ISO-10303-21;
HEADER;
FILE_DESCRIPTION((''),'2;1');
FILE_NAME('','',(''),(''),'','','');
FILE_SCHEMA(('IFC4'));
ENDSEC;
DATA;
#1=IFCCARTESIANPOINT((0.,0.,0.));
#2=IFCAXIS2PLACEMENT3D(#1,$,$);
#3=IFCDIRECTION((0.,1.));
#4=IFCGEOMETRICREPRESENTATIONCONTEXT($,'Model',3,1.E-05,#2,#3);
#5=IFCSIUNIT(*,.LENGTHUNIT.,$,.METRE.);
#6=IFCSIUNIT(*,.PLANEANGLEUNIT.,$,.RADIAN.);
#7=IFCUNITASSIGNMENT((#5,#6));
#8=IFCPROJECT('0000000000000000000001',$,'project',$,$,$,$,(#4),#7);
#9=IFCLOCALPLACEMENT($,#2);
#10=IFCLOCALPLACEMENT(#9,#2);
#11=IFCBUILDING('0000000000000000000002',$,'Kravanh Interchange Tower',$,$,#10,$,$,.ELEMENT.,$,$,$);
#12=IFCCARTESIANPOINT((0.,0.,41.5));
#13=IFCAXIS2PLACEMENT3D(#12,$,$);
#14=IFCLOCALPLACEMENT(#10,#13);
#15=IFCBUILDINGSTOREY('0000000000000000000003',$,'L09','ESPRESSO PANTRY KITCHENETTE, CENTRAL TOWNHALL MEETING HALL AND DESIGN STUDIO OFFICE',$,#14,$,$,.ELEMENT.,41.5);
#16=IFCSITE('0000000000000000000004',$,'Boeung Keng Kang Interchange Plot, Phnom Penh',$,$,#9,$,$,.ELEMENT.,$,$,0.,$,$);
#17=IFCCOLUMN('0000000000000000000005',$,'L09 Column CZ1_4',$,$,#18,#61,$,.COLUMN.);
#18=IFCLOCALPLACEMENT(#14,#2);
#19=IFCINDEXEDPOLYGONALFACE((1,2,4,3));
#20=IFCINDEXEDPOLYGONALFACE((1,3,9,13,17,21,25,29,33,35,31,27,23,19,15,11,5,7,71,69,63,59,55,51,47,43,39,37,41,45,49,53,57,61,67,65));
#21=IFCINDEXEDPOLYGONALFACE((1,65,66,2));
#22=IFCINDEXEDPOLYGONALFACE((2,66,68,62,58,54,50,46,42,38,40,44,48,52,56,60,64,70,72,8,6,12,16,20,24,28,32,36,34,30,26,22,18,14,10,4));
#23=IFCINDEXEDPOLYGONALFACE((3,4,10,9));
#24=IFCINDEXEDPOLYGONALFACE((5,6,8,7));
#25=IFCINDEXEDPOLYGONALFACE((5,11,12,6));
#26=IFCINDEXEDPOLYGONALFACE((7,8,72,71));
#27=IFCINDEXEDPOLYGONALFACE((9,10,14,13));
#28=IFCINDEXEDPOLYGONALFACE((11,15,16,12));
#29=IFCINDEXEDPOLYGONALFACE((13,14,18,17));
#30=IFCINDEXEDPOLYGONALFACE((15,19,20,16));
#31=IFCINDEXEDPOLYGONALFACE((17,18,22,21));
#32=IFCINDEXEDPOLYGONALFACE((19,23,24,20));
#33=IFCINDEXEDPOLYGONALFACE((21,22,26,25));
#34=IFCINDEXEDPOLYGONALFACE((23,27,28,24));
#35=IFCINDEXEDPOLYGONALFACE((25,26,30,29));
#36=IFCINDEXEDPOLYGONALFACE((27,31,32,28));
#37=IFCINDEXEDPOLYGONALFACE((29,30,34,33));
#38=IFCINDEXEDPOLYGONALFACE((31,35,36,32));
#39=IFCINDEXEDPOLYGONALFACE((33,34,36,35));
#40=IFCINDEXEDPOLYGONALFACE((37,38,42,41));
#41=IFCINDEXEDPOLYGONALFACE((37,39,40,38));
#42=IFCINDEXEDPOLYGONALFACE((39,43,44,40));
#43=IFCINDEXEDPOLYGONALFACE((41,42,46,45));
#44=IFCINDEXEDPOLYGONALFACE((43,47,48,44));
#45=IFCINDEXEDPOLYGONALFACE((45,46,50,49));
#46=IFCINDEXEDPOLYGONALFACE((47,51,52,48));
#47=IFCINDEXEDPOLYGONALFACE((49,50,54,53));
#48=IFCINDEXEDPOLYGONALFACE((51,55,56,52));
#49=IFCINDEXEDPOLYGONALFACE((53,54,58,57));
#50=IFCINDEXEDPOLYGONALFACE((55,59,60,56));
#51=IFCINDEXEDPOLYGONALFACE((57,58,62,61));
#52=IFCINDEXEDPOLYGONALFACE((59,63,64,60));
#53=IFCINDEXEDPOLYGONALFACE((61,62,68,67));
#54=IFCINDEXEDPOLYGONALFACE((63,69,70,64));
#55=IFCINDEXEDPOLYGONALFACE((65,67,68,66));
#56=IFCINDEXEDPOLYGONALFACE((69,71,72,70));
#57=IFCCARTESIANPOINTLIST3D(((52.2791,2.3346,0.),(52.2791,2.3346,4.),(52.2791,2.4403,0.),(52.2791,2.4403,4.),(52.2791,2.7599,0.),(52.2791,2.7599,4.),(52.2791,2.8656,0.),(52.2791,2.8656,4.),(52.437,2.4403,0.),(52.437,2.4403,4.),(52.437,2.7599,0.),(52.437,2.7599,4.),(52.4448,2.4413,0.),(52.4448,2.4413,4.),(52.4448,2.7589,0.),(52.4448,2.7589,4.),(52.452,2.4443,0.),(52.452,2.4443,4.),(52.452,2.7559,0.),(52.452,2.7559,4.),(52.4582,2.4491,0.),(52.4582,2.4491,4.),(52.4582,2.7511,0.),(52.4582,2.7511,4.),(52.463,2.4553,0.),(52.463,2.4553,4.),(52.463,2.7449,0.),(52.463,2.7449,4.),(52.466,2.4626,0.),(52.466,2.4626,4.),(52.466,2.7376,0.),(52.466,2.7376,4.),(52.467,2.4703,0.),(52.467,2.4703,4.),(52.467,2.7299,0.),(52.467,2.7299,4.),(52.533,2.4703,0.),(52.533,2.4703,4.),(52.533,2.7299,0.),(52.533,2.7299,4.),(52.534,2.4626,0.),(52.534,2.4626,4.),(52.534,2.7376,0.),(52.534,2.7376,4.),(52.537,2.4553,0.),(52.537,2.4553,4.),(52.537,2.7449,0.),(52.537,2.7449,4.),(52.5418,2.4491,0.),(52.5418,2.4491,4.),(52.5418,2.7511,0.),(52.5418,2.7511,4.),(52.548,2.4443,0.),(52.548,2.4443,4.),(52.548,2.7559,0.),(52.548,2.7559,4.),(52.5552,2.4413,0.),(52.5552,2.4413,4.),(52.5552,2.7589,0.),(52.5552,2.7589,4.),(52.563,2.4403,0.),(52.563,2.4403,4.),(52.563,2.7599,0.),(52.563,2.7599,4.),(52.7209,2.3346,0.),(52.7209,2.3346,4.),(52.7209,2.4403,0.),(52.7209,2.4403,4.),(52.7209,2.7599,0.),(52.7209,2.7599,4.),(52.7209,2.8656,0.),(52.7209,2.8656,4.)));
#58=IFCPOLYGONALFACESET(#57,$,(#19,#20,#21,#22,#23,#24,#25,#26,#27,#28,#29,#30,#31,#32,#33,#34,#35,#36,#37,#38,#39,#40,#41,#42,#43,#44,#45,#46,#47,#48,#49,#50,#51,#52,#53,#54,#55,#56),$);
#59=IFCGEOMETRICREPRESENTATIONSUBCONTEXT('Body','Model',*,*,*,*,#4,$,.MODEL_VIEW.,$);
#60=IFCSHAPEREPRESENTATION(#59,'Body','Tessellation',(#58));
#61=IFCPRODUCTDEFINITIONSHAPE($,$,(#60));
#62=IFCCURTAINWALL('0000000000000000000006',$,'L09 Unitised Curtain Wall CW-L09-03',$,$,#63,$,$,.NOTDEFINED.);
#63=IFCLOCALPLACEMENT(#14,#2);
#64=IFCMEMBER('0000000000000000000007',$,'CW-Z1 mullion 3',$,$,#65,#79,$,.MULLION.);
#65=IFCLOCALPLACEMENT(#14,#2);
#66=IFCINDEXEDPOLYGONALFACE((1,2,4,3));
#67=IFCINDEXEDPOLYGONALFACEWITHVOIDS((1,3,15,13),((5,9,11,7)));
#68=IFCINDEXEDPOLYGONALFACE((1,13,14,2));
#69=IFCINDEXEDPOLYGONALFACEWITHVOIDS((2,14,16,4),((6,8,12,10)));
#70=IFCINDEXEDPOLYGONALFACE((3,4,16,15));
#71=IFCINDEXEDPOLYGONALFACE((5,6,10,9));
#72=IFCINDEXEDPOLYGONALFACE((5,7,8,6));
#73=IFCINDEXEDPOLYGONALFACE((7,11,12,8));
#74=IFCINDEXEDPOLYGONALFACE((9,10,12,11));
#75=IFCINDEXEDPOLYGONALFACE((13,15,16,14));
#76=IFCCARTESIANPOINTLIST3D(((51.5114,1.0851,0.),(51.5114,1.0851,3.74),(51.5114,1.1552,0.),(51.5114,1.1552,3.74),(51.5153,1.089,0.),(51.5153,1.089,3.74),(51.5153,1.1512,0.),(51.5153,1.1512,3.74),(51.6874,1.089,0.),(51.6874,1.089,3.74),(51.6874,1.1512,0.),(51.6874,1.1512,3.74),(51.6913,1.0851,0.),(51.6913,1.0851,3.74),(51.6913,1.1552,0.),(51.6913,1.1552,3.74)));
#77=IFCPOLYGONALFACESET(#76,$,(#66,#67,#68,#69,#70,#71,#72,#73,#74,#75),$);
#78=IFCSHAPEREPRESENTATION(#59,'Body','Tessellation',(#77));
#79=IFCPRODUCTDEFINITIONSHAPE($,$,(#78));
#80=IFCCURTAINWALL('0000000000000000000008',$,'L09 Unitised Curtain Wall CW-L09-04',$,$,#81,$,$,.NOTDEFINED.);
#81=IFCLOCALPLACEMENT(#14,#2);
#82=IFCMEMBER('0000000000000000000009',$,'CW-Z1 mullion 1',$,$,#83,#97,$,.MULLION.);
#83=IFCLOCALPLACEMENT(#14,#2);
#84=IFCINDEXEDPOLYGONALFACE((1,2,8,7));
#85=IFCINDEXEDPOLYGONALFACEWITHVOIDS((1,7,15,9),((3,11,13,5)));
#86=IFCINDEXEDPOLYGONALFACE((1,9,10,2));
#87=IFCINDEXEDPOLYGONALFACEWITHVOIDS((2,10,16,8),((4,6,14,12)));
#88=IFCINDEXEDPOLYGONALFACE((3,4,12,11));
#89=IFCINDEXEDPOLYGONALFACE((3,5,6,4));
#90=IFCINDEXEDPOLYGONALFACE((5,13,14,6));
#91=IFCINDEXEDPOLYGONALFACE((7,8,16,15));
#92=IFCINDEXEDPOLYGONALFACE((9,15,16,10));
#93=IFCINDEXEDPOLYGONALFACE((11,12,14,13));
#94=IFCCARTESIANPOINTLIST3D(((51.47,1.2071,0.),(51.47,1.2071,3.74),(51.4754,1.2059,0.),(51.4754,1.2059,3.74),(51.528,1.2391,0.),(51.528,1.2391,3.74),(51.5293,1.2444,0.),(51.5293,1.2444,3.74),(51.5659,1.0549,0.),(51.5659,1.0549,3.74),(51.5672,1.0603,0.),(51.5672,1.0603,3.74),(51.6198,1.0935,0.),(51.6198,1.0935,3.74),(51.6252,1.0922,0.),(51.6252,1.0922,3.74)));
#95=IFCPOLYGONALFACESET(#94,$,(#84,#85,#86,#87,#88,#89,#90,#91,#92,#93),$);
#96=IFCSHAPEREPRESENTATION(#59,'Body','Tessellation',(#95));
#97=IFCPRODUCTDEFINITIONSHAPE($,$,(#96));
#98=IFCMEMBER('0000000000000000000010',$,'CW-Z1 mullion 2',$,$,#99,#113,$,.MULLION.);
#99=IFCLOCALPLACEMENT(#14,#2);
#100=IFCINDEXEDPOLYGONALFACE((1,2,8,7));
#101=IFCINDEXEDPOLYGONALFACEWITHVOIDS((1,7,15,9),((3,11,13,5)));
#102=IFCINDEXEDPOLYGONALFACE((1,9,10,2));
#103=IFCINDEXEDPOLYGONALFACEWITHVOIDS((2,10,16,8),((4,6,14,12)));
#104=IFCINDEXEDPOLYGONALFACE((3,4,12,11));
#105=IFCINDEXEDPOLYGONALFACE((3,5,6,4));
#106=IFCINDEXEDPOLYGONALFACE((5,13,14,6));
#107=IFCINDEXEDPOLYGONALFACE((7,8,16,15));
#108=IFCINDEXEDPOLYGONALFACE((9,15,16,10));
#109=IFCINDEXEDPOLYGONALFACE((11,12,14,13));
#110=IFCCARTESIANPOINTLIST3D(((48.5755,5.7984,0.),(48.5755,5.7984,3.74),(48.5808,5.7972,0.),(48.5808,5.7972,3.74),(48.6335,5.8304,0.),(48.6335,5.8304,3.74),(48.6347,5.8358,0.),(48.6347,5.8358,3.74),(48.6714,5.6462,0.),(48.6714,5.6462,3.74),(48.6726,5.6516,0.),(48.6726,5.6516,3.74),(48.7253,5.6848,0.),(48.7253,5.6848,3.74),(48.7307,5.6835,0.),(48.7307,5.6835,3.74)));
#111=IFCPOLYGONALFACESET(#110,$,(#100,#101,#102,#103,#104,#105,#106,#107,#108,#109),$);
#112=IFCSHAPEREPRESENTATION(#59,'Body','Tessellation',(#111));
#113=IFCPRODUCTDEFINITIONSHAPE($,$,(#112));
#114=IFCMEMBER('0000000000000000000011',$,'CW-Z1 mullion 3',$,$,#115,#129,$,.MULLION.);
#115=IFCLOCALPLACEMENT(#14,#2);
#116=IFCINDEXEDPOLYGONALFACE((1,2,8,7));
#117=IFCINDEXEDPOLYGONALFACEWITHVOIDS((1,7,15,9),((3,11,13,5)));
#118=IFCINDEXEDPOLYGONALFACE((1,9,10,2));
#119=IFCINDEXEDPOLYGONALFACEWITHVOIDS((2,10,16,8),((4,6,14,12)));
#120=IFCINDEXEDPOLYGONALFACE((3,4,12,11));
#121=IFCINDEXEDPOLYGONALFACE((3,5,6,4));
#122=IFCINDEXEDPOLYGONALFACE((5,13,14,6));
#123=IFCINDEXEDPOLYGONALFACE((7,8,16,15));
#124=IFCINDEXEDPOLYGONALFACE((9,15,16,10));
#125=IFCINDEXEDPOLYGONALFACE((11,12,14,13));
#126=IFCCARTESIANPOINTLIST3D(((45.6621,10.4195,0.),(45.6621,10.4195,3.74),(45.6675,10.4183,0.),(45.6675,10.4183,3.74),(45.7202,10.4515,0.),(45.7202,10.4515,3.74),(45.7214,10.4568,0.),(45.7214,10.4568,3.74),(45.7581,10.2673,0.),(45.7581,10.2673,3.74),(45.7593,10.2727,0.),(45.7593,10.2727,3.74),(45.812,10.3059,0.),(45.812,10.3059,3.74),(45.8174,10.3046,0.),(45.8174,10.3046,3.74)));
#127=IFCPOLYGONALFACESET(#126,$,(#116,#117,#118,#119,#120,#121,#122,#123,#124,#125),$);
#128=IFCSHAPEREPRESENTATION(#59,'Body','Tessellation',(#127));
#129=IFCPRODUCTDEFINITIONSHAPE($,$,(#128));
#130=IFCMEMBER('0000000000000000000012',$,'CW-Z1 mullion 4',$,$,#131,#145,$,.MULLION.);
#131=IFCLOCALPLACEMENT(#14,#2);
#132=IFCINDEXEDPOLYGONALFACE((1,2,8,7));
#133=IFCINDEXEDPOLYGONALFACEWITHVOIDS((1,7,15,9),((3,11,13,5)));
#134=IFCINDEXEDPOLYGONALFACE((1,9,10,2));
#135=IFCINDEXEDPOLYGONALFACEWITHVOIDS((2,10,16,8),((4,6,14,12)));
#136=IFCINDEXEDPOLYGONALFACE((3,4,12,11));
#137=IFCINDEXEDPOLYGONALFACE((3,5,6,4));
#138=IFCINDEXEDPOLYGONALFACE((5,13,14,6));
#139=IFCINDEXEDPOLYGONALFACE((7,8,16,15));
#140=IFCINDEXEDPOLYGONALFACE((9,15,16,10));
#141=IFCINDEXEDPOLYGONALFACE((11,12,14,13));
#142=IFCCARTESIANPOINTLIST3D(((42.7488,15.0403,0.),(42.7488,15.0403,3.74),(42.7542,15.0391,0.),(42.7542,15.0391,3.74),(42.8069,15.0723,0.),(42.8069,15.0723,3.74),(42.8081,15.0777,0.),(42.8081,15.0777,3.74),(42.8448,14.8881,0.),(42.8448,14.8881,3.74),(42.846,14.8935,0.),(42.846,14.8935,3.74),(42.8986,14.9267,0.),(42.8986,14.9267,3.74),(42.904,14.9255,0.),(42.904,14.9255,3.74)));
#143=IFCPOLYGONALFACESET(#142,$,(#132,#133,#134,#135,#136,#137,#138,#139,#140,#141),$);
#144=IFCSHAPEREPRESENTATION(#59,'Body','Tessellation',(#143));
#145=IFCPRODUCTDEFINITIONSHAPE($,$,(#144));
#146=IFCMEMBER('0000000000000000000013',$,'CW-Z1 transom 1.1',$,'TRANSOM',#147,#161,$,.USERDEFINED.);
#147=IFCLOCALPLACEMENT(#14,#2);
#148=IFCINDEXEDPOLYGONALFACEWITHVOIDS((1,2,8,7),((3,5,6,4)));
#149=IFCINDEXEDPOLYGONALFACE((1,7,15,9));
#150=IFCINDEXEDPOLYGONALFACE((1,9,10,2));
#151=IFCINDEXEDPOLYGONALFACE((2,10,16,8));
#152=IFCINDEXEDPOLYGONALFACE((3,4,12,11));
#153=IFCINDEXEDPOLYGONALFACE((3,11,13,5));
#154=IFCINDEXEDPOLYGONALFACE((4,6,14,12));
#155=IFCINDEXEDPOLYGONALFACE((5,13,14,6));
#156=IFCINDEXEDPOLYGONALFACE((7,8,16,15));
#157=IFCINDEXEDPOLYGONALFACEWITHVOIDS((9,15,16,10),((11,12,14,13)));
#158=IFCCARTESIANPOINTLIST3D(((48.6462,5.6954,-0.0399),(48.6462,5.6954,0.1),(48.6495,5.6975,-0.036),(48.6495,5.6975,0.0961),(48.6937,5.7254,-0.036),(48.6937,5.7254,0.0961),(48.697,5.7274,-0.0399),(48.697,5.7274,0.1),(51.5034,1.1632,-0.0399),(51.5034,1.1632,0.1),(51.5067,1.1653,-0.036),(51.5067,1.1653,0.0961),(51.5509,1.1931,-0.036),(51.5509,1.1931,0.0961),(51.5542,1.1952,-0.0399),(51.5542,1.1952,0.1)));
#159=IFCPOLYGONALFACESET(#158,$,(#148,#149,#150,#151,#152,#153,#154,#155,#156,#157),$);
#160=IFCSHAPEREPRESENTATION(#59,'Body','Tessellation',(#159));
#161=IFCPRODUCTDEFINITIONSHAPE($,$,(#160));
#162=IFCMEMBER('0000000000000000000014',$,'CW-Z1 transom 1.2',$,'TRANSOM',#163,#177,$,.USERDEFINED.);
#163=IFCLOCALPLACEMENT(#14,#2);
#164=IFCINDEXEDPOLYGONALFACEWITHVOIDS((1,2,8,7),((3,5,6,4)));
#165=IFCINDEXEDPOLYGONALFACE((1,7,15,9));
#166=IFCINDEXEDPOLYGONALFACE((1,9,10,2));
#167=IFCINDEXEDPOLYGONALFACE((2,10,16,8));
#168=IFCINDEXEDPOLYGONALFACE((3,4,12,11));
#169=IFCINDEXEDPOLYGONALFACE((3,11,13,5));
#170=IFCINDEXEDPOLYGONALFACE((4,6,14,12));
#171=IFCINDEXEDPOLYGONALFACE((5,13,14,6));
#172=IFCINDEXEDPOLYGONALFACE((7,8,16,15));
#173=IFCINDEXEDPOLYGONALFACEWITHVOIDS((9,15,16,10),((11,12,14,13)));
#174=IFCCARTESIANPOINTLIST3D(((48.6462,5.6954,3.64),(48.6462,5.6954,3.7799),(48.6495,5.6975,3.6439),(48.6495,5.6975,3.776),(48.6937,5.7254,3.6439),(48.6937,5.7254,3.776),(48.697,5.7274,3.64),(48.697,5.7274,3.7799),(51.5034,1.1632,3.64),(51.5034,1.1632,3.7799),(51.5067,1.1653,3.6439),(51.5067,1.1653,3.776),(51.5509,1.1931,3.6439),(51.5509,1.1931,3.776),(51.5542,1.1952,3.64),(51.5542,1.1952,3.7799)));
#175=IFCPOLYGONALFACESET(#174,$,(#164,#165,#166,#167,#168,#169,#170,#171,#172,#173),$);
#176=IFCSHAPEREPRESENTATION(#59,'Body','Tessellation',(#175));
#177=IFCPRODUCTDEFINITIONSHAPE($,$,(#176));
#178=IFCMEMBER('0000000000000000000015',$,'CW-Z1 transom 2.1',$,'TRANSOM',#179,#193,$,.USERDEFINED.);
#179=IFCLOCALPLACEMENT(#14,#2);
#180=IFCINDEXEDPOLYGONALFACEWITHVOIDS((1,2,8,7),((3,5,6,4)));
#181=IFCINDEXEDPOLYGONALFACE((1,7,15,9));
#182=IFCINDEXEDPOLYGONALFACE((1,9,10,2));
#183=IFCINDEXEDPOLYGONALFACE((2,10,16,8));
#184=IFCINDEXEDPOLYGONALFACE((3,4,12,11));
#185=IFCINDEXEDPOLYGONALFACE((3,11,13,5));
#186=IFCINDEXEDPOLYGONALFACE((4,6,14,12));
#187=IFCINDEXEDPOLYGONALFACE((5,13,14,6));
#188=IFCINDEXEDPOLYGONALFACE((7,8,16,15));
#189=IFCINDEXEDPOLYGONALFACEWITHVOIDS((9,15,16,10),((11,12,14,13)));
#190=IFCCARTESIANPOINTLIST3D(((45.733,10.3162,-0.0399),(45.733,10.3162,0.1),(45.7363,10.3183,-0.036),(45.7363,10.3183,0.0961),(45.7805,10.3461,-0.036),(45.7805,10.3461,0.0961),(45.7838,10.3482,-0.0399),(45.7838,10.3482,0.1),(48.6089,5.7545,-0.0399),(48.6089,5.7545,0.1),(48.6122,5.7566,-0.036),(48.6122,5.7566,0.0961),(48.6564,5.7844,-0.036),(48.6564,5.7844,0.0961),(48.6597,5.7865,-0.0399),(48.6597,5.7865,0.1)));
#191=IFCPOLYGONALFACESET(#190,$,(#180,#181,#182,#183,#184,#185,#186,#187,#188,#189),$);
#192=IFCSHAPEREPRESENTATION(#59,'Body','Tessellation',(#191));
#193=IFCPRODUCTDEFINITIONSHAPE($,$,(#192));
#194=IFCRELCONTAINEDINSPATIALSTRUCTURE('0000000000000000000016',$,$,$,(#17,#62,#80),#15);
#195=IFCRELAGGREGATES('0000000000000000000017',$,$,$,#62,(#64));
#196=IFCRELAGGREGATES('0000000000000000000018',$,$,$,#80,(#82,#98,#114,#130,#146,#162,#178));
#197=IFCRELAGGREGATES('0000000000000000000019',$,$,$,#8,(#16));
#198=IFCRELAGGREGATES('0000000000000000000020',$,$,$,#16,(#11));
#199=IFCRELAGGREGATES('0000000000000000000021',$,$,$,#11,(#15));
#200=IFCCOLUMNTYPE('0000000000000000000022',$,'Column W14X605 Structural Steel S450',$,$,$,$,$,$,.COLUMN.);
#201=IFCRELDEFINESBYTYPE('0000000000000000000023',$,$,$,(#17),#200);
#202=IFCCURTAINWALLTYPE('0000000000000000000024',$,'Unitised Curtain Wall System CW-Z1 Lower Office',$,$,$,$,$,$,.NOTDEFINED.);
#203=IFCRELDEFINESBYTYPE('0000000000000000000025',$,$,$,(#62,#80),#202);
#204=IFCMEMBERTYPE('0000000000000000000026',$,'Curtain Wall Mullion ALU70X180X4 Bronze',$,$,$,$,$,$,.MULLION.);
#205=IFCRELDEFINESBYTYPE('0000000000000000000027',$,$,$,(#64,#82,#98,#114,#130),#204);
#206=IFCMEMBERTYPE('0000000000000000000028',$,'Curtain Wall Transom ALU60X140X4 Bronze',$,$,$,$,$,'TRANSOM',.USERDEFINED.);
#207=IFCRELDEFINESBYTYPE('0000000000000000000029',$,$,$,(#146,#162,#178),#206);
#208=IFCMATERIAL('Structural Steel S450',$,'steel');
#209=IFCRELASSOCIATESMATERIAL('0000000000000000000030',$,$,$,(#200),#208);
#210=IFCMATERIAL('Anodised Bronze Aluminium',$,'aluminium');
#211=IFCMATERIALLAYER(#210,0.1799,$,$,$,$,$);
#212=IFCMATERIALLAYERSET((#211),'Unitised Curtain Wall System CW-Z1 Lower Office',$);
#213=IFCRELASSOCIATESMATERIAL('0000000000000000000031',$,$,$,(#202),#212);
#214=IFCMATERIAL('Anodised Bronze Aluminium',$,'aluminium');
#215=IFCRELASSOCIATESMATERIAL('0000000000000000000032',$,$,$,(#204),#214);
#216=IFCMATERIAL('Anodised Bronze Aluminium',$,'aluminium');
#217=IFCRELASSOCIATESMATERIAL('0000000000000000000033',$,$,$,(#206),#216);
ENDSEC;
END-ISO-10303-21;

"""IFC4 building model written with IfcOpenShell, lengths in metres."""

from ifc_helpers import new_model, si_unit, direction, frame, origin, origin_2d, place, context, subcontext, project, spatial, hollow_rectangle, i_section, extrude, material, layer, layer_set, material_profile, profile_set, type_object, element, aggregate, save


model = new_model("IFC4")

# Units and contexts
model_context = context("Model", 3, precision=1e-05, world=origin(), true_north=direction((0.0, 1.0)))
body_context = subcontext(model_context, "Body", "Model", "MODEL_VIEW")
ifc_project = project(units=[si_unit("LENGTHUNIT", "METRE"), si_unit("PLANEANGLEUNIT", "RADIAN")], contexts=[model_context])

# Site, building, storey
site_placement = place(None, origin())
site = spatial("IfcSite", under=ifc_project, at=site_placement, Name="Boeung Keng Kang Interchange Plot, Phnom Penh", CompositionType="ELEMENT", RefElevation=0.0)
building_placement = place(site_placement, origin())
building = spatial("IfcBuilding", under=site, at=building_placement, Name="Kravanh Interchange Tower", CompositionType="ELEMENT")
storey_placement = place(building_placement, frame((0.0, 0.0, 41.5)))
storey = spatial("IfcBuildingStorey", under=building, at=storey_placement, Name="L09", Description="ESPRESSO PANTRY KITCHENETTE, CENTRAL TOWNHALL MEETING HALL AND DESIGN STUDIO OFFICE", CompositionType="ELEMENT", Elevation=41.5)

# Column
ifc_material_1 = material(Name="Structural Steel S450", Category="steel")
ifc_material_profile_1 = material_profile(ifc_material_1, i_section(OverallWidth=0.4419, OverallDepth=0.531, WebThickness=0.0659, FlangeThickness=0.1057, FilletRadius=0.03, at=origin_2d()), Name="W14X605")
ifc_profile_set_1 = profile_set([ifc_material_profile_1], Name="Structural Steel S450")
column_type = type_object("IfcColumnType", Name="Column W14X605 Structural Steel S450", PredefinedType="COLUMN", material=ifc_profile_set_1)
column_placement = place(storey_placement, frame((52.5, 2.6001, 0.0), z_axis=(0.0, 0.0, 1.0), x_axis=(1.0, 0.0, 0.0)))
element("IfcColumn", 1, at=column_placement, inside=storey, type_object=column_type, Name="L09 Column CZ1_4", PredefinedType="COLUMN", context=body_context, shape_type="SweptSolid", body=[
    extrude(i_section(OverallWidth=0.4419, OverallDepth=0.531, WebThickness=0.0659, FlangeThickness=0.1057, FilletRadius=0.03, at=origin_2d()), origin(), (0.0, 0.0, 1.0), 4.0),
])

# Curtain wall, member
ifc_material_2 = material(Name="Anodised Bronze Aluminium", Category="aluminium")
ifc_layer_1 = layer(ifc_material_2, 0.1799)
ifc_layer_set_1 = layer_set([ifc_layer_1], Name="Unitised Curtain Wall System CW-Z1 Lower Office")
curtain_wall_type = type_object("IfcCurtainWallType", Name="Unitised Curtain Wall System CW-Z1 Lower Office", PredefinedType="NOTDEFINED", material=ifc_layer_set_1)
curtain_wall_1_placement = place(storey_placement, origin())
curtain_wall_1 = element("IfcCurtainWall", 2, at=curtain_wall_1_placement, inside=storey, type_object=curtain_wall_type, Name="L09 Unitised Curtain Wall CW-L09-03", PredefinedType="NOTDEFINED")
ifc_material_3 = material(Name="Anodised Bronze Aluminium", Category="aluminium")
ifc_material_profile_2 = material_profile(ifc_material_3, hollow_rectangle(XDim=0.0701, YDim=0.1799, WallThickness=0.0039, at=origin_2d()), Name="ALU70X180X4")
ifc_profile_set_2 = profile_set([ifc_material_profile_2], Name="Anodised Bronze Aluminium")
member_type_1 = type_object("IfcMemberType", Name="Curtain Wall Mullion ALU70X180X4 Bronze", PredefinedType="MULLION", material=ifc_profile_set_2)
member_1_placement = place(storey_placement, frame((51.6013, 1.1201, 0.0), z_axis=(0.0, 0.0, 1.0), x_axis=(0.0, -1.0, 0.0)))
member_1 = element("IfcMember", 3, at=member_1_placement, type_object=member_type_1, Name="CW-Z1 mullion 3", PredefinedType="MULLION", context=body_context, shape_type="SweptSolid", body=[
    extrude(hollow_rectangle(XDim=0.0701, YDim=0.1799, WallThickness=0.0039, at=origin_2d()), origin(), (0.0, 0.0, 1.0), 3.74),
])

# Curtain wall, members
curtain_wall_2_placement = place(storey_placement, origin())
curtain_wall_2 = element("IfcCurtainWall", 4, at=curtain_wall_2_placement, inside=storey, type_object=curtain_wall_type, Name="L09 Unitised Curtain Wall CW-L09-04", PredefinedType="NOTDEFINED")
member_2_placement = place(storey_placement, frame((51.5476, 1.1497, 0.0), z_axis=(0.0, 0.0, 1.0), x_axis=(-0.845926, -0.533301, 0.0)))
member_2 = element("IfcMember", 5, at=member_2_placement, type_object=member_type_1, Name="CW-Z1 mullion 1", PredefinedType="MULLION", context=body_context, shape_type="SweptSolid", body=[
    extrude(hollow_rectangle(XDim=0.0701, YDim=0.1799, WallThickness=0.0039, at=origin_2d()), origin(), (0.0, 0.0, 1.0), 3.74),
])
member_3_placement = place(storey_placement, frame((48.6531, 5.741, 0.0), z_axis=(0.0, 0.0, 1.0), x_axis=(-0.845926, -0.533301, 0.0)))
member_3 = element("IfcMember", 6, at=member_3_placement, type_object=member_type_1, Name="CW-Z1 mullion 2", PredefinedType="MULLION", context=body_context, shape_type="SweptSolid", body=[
    extrude(hollow_rectangle(XDim=0.0701, YDim=0.1799, WallThickness=0.0039, at=origin_2d()), origin(), (0.0, 0.0, 1.0), 3.74),
])
member_4_placement = place(storey_placement, frame((45.7397, 10.3621, 0.0), z_axis=(0.0, 0.0, 1.0), x_axis=(-0.845926, -0.533301, 0.0)))
member_4 = element("IfcMember", 7, at=member_4_placement, type_object=member_type_1, Name="CW-Z1 mullion 3", PredefinedType="MULLION", context=body_context, shape_type="SweptSolid", body=[
    extrude(hollow_rectangle(XDim=0.0701, YDim=0.1799, WallThickness=0.0039, at=origin_2d()), origin(), (0.0, 0.0, 1.0), 3.74),
])
member_5_placement = place(storey_placement, frame((42.8264, 14.9829, 0.0), z_axis=(0.0, 0.0, 1.0), x_axis=(-0.845926, -0.533301, 0.0)))
member_5 = element("IfcMember", 8, at=member_5_placement, type_object=member_type_1, Name="CW-Z1 mullion 4", PredefinedType="MULLION", context=body_context, shape_type="SweptSolid", body=[
    extrude(hollow_rectangle(XDim=0.0701, YDim=0.1799, WallThickness=0.0039, at=origin_2d()), origin(), (0.0, 0.0, 1.0), 3.74),
])
ifc_material_4 = material(Name="Anodised Bronze Aluminium", Category="aluminium")
ifc_material_profile_3 = material_profile(ifc_material_4, hollow_rectangle(XDim=0.0601, YDim=0.1399, WallThickness=0.0039, at=origin_2d()), Name="ALU60X140X4")
ifc_profile_set_3 = profile_set([ifc_material_profile_3], Name="Anodised Bronze Aluminium")
member_type_2 = type_object("IfcMemberType", Name="Curtain Wall Transom ALU60X140X4 Bronze", ElementType="TRANSOM", PredefinedType="USERDEFINED", material=ifc_profile_set_3)
member_6_placement = place(storey_placement, frame((51.5288, 1.1792, 0.03), z_axis=(-0.533288, 0.845934, 0.0), x_axis=(-0.845934, -0.533288, 0.0)))
member_6 = element("IfcMember", 9, at=member_6_placement, type_object=member_type_2, Name="CW-Z1 transom 1.1", ObjectType="TRANSOM", PredefinedType="USERDEFINED", context=body_context, shape_type="SweptSolid", body=[
    extrude(hollow_rectangle(XDim=0.0601, YDim=0.1399, WallThickness=0.0039, at=origin_2d()), origin(), (0.0, 0.0, 1.0), 5.3577),
])
member_7_placement = place(storey_placement, frame((51.5288, 1.1792, 3.71), z_axis=(-0.533288, 0.845934, 0.0), x_axis=(-0.845934, -0.533288, 0.0)))
member_7 = element("IfcMember", 10, at=member_7_placement, type_object=member_type_2, Name="CW-Z1 transom 1.2", ObjectType="TRANSOM", PredefinedType="USERDEFINED", context=body_context, shape_type="SweptSolid", body=[
    extrude(hollow_rectangle(XDim=0.0601, YDim=0.1399, WallThickness=0.0039, at=origin_2d()), origin(), (0.0, 0.0, 1.0), 5.3577),
])
member_8_placement = place(storey_placement, frame((48.6343, 5.7705, 0.03), z_axis=(-0.533311, 0.845919, 0.0), x_axis=(-0.845919, -0.533311, 0.0)))
member_8 = element("IfcMember", 11, at=member_8_placement, type_object=member_type_2, Name="CW-Z1 transom 2.1", ObjectType="TRANSOM", PredefinedType="USERDEFINED", context=body_context, shape_type="SweptSolid", body=[
    extrude(hollow_rectangle(XDim=0.0601, YDim=0.1399, WallThickness=0.0039, at=origin_2d()), origin(), (0.0, 0.0, 1.0), 5.3926),
])

aggregate(curtain_wall_1, [member_1])
aggregate(curtain_wall_2, [member_2, member_3, member_4, member_5, member_6, member_7, member_8])

save(model, "model.ifc")
